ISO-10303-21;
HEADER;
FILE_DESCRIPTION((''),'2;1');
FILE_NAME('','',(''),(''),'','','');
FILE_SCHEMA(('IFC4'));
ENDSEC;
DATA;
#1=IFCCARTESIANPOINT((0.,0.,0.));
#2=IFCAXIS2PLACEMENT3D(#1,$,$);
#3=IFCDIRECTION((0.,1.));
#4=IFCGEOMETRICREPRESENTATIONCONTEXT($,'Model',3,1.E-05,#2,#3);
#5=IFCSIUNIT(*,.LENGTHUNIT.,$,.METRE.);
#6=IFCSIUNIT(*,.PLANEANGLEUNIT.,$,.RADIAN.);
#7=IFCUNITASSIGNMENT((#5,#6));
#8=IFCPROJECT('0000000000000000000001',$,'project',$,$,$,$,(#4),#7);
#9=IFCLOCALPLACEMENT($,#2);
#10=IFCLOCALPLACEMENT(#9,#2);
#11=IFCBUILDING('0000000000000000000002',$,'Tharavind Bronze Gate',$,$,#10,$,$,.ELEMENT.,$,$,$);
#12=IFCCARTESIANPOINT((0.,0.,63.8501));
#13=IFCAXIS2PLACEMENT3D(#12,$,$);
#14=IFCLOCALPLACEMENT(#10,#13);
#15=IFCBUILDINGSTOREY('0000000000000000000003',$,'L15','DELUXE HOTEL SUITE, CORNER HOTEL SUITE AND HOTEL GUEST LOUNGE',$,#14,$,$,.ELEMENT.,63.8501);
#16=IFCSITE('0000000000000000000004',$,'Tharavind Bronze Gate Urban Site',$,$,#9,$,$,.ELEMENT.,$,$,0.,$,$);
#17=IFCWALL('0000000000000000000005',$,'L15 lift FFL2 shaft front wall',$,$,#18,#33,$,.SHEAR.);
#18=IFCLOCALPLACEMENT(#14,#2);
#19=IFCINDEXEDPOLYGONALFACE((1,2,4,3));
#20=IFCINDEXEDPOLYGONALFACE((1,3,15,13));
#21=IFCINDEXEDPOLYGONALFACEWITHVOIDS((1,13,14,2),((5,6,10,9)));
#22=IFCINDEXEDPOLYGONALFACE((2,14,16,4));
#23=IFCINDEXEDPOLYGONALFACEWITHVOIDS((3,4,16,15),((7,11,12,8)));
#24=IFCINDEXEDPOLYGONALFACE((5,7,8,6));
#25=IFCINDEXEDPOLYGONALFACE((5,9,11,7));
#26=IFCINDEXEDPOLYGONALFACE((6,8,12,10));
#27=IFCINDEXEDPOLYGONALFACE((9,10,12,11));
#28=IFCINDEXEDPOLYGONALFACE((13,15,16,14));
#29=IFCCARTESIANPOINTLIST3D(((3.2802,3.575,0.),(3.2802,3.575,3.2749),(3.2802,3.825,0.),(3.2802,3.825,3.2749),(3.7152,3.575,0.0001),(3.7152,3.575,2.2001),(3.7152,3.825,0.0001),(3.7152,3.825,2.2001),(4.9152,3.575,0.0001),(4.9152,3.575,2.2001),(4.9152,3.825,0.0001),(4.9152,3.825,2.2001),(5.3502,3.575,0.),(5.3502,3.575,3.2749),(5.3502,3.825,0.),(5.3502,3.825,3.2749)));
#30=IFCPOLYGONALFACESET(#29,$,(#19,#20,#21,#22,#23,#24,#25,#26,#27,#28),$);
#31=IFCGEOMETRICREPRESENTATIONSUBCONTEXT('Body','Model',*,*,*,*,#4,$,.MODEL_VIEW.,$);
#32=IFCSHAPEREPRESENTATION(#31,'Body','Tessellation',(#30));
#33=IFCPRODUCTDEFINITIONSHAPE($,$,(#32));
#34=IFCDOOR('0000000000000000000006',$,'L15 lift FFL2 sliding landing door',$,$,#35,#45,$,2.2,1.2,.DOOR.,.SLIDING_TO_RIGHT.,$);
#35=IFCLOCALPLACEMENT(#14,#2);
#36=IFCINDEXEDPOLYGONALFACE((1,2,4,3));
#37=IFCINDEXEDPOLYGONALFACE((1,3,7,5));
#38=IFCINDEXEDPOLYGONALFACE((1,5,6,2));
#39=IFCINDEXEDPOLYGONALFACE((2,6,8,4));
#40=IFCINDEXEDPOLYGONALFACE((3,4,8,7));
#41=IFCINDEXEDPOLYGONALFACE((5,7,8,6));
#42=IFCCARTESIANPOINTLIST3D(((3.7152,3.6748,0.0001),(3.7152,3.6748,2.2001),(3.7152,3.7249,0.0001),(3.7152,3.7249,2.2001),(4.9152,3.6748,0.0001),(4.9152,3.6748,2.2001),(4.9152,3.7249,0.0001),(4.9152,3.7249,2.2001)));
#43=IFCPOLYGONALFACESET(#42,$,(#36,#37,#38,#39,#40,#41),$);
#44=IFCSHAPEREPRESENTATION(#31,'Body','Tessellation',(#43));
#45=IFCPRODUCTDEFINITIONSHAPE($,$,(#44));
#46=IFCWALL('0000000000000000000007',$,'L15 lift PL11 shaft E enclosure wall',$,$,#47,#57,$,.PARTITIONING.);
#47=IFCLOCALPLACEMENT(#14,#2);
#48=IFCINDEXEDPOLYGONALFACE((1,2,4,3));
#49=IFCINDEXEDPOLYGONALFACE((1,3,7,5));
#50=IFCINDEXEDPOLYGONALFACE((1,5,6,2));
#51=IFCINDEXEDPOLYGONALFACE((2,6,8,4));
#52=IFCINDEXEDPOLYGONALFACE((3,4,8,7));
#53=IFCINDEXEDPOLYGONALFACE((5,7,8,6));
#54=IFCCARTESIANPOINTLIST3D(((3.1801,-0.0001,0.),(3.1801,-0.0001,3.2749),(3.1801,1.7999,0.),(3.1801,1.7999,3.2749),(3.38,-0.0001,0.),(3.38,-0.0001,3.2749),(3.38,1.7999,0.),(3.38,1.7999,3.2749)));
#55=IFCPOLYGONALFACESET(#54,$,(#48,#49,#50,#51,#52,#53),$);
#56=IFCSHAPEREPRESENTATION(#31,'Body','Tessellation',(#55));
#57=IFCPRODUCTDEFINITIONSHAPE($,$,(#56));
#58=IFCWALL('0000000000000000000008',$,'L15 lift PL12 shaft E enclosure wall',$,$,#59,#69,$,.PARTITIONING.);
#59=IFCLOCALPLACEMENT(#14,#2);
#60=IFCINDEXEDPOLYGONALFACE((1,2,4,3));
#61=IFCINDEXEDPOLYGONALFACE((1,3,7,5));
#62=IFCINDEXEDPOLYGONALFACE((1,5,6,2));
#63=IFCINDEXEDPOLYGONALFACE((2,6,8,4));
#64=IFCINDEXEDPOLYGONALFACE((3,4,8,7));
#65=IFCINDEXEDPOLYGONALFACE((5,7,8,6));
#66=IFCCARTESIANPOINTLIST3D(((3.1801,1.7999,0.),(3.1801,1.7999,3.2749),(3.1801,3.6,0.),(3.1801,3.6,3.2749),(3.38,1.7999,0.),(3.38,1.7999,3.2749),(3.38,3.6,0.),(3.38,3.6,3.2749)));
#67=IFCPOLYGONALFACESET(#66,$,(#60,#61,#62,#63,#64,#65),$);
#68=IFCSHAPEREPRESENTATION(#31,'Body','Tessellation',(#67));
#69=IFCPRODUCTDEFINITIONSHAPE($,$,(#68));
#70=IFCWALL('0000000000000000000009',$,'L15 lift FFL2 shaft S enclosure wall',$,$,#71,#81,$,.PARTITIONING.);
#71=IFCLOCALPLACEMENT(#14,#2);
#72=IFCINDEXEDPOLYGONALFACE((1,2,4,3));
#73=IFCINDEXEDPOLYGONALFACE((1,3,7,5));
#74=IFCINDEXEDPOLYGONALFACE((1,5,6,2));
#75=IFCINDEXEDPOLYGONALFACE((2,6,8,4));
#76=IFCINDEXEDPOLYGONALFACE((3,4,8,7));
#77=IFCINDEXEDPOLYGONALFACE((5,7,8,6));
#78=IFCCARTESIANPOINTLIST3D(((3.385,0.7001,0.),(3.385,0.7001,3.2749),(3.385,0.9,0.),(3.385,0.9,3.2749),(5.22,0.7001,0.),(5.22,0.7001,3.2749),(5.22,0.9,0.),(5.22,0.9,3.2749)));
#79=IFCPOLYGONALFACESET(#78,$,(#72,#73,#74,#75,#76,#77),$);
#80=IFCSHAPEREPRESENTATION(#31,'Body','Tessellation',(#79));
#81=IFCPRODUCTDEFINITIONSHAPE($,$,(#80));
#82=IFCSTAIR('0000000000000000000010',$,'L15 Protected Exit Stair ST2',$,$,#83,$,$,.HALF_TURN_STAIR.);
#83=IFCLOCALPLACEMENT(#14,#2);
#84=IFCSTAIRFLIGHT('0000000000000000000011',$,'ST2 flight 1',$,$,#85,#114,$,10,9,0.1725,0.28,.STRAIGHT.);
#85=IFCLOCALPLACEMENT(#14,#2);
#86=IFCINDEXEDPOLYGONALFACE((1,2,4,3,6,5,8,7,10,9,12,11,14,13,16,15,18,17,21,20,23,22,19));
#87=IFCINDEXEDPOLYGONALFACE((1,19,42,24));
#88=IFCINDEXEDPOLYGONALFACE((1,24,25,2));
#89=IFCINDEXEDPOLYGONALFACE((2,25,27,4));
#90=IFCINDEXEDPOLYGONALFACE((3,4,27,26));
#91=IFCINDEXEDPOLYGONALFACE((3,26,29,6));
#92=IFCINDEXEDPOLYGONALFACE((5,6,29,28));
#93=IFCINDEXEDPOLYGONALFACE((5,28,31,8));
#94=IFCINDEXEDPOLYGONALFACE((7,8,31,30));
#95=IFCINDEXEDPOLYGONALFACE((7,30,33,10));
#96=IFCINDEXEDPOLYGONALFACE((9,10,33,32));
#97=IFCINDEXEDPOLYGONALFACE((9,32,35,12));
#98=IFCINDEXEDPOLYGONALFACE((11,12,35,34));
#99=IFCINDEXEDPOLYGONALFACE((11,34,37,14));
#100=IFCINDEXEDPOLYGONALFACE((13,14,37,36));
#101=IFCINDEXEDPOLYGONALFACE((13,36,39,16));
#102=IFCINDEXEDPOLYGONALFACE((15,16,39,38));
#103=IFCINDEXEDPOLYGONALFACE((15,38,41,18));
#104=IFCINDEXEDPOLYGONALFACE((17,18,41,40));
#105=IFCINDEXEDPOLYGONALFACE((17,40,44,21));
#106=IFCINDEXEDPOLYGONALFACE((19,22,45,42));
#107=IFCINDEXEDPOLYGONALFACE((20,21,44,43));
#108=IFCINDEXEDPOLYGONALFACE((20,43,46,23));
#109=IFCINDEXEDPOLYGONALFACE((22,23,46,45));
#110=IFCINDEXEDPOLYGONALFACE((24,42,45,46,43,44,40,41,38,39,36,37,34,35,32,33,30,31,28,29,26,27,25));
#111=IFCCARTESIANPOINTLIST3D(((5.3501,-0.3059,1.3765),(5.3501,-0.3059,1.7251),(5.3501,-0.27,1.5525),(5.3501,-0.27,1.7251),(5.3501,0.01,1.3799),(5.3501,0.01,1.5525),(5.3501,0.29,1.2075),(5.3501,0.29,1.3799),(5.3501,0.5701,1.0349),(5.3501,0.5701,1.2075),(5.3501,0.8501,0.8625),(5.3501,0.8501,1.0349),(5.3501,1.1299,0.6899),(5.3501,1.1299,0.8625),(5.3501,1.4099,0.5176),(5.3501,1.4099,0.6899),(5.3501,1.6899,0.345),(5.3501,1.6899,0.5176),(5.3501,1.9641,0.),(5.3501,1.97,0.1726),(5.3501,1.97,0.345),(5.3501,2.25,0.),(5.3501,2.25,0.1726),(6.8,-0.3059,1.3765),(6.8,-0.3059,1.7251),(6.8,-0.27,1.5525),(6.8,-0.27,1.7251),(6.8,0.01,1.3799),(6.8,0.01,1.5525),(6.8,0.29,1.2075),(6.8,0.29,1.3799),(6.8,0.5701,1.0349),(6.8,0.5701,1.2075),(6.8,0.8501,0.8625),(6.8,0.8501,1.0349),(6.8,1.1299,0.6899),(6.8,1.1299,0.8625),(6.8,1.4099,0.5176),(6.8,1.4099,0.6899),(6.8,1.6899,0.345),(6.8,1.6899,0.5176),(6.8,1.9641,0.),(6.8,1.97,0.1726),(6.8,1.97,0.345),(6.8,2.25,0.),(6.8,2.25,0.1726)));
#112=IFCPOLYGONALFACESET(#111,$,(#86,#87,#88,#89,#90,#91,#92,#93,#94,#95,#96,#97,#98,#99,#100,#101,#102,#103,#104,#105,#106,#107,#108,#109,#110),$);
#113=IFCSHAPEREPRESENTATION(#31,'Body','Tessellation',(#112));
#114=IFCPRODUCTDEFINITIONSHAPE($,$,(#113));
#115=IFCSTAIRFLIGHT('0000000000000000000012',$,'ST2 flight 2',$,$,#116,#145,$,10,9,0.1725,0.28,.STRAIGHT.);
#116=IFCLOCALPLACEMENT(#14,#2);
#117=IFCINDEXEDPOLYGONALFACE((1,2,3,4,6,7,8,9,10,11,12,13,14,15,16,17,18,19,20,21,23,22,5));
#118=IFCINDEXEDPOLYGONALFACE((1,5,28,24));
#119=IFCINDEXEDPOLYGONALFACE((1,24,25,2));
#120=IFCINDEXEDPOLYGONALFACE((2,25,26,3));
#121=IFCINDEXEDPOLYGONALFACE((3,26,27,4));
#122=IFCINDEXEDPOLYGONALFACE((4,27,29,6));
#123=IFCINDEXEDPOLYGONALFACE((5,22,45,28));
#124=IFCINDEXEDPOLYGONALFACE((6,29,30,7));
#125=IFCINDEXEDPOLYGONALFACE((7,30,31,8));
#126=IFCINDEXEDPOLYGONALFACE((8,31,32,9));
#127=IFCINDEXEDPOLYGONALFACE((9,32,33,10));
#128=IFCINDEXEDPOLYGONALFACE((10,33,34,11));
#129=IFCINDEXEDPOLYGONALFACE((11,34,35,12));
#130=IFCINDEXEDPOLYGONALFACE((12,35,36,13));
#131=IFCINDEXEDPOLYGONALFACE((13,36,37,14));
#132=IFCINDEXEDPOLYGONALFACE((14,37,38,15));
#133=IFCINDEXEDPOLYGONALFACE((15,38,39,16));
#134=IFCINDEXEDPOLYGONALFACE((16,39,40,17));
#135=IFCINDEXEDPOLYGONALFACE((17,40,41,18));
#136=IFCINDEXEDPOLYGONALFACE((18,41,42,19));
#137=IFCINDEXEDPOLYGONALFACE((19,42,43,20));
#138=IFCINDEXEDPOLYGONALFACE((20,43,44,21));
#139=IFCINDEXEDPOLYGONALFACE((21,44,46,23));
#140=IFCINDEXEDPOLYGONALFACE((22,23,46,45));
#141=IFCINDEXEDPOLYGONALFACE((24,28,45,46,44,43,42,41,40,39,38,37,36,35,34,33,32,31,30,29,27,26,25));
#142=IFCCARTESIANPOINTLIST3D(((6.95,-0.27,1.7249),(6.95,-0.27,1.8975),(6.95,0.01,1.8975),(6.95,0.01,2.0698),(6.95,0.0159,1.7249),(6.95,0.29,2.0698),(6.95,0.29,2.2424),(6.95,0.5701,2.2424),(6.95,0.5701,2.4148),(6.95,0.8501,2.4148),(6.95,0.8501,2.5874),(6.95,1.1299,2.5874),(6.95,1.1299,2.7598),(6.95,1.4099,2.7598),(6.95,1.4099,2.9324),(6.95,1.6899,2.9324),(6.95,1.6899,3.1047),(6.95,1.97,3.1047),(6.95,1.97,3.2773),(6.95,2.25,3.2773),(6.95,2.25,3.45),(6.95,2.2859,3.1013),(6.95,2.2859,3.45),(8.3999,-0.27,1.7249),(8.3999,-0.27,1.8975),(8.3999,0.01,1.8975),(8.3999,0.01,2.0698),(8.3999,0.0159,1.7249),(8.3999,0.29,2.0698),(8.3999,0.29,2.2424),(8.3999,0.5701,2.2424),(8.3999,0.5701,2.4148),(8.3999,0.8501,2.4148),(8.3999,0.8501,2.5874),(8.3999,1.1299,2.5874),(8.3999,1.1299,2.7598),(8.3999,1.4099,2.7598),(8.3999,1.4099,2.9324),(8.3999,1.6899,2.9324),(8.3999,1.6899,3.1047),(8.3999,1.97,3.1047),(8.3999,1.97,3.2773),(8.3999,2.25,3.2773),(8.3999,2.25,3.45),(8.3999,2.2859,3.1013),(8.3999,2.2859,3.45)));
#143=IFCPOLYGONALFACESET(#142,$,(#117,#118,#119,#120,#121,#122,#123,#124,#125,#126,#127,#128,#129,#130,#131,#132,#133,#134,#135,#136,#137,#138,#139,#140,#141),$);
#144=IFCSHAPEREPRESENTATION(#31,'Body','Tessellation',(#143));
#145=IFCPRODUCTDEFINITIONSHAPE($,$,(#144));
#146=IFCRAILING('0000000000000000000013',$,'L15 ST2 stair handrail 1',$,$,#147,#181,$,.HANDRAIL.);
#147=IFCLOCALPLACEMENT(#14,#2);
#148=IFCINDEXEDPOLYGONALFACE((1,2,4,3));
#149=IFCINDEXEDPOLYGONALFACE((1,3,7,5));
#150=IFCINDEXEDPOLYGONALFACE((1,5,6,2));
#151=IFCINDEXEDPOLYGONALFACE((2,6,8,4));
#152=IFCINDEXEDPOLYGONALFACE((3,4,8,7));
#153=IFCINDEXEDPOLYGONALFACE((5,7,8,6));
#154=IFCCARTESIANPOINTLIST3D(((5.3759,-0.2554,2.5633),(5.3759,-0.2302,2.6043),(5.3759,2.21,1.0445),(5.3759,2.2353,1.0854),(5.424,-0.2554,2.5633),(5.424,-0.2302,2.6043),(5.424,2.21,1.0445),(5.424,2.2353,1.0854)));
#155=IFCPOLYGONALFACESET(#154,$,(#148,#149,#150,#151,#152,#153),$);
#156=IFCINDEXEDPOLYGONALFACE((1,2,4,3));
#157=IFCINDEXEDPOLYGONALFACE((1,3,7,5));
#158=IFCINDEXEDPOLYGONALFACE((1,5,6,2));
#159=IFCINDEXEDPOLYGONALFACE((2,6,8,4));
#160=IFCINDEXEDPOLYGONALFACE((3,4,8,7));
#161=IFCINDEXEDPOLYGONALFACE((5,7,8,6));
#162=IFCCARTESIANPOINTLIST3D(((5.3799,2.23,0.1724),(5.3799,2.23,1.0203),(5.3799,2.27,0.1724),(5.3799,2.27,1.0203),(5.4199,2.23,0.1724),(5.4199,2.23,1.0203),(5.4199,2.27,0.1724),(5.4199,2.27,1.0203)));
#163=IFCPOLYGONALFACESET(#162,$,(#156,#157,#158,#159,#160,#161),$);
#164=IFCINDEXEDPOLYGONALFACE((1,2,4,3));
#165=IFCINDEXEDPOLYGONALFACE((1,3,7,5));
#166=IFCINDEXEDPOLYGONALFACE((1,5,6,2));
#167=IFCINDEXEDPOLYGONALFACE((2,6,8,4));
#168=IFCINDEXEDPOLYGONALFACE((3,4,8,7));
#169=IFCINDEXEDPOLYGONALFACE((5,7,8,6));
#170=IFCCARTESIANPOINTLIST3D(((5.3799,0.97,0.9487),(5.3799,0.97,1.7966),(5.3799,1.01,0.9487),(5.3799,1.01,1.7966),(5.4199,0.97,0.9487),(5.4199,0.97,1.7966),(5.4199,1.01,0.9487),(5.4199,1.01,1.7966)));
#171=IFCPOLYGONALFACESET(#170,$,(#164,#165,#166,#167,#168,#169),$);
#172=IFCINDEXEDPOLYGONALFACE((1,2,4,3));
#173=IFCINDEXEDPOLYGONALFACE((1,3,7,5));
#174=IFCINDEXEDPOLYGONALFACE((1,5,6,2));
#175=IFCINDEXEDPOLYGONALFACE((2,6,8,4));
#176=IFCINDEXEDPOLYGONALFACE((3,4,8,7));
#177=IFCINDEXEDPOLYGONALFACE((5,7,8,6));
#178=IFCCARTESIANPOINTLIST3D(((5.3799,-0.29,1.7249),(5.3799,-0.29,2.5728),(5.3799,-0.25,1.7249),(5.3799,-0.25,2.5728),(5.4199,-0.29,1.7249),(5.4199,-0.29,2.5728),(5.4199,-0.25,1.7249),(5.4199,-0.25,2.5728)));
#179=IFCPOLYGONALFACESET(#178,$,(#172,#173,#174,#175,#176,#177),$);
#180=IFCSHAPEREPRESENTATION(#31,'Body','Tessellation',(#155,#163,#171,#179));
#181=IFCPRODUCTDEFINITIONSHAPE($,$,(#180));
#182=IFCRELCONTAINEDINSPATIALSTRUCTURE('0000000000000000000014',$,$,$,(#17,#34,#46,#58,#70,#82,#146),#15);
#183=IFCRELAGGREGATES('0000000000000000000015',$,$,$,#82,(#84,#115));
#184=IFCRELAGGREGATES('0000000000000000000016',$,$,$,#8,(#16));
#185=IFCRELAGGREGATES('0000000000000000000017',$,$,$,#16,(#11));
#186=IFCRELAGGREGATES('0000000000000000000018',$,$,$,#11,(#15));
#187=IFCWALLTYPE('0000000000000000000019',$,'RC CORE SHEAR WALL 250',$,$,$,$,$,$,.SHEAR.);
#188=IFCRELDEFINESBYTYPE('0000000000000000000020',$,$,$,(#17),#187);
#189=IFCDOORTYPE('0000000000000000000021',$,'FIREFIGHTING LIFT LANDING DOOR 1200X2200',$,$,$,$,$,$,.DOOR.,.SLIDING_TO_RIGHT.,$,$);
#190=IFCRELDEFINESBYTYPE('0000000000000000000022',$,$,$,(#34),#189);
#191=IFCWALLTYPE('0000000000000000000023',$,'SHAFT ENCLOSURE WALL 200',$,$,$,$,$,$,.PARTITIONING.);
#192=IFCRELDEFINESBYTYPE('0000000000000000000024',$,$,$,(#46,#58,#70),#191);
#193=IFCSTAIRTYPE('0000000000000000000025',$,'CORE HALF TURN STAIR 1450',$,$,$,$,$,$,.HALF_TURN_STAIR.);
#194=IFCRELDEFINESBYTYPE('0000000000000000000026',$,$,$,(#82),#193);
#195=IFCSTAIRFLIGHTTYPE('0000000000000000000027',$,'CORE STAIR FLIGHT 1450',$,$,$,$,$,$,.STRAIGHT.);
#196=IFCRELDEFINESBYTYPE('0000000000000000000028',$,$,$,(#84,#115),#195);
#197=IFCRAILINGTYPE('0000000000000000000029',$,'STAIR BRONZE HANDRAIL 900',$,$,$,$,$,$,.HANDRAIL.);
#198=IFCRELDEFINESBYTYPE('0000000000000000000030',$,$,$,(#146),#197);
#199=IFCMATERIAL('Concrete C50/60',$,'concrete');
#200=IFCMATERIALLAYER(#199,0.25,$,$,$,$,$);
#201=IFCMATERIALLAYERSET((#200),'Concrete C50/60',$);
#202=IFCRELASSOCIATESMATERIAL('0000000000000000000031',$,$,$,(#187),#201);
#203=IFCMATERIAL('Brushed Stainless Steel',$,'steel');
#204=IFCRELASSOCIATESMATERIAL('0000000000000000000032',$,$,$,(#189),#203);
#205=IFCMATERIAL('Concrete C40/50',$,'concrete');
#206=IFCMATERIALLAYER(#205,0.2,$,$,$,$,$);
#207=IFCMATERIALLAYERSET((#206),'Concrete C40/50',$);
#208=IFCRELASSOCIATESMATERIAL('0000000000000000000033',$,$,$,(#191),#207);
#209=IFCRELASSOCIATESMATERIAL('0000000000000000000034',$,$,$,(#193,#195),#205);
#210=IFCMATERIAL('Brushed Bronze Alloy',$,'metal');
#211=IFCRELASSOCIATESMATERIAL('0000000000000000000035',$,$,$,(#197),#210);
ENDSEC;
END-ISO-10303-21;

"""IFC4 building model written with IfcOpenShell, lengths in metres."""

from ifc_helpers import new_model, si_unit, direction, frame, frame_2d, origin, origin_2d, place, context, subcontext, project, spatial, polyline, rectangle, outline, extrude, material, layer, layer_set, type_object, element, fill, aggregate, save


model = new_model("IFC4")

# Units and contexts
model_context = context("Model", 3, precision=1e-05, world=origin(), true_north=direction((0.0, 1.0)))
body_context = subcontext(model_context, "Body", "Model", "MODEL_VIEW")
ifc_project = project(units=[si_unit("LENGTHUNIT", "METRE"), si_unit("PLANEANGLEUNIT", "RADIAN")], contexts=[model_context])

# Site, building, storey
site_placement = place(None, origin())
site = spatial("IfcSite", under=ifc_project, at=site_placement, Name="Tharavind Bronze Gate Urban Site", CompositionType="ELEMENT", RefElevation=0.0)
building_placement = place(site_placement, origin())
building = spatial("IfcBuilding", under=site, at=building_placement, Name="Tharavind Bronze Gate", CompositionType="ELEMENT")
storey_placement = place(building_placement, frame((0.0, 0.0, 63.8501)))
storey = spatial("IfcBuildingStorey", under=building, at=storey_placement, Name="L15", Description="DELUXE HOTEL SUITE, CORNER HOTEL SUITE AND HOTEL GUEST LOUNGE", CompositionType="ELEMENT", Elevation=63.8501)

# Wall, opening, door
ifc_material_1 = material(Name="Concrete C50/60", Category="concrete")
ifc_layer_1 = layer(ifc_material_1, 0.25)
ifc_layer_set_1 = layer_set([ifc_layer_1], Name="Concrete C50/60")
wall_type_1 = type_object("IfcWallType", Name="RC CORE SHEAR WALL 250", PredefinedType="SHEAR", material=ifc_layer_set_1)
wall_1_placement = place(storey_placement, frame((3.28, 3.7, 0.0), z_axis=(0.0, 0.0, 1.0), x_axis=(1.0, 0.0, 0.0)))
wall_1 = element("IfcWall", 1, at=wall_1_placement, inside=storey, type_object=wall_type_1, Name="L15 lift FFL2 shaft front wall", PredefinedType="SHEAR", context=body_context, shape_type="SweptSolid", body=[
    extrude(rectangle(XDim=2.0701, YDim=0.25, at=frame_2d((1.0352, 0.0))), origin(), (0.0, 0.0, 1.0), 3.2749),
])
opening_1_placement = place(wall_1_placement, frame((0.4351, 0.0, 0.0)))
opening_1 = element("IfcOpeningElement", 2, at=opening_1_placement, cuts=wall_1, PredefinedType="OPENING", context=body_context, shape_type="SweptSolid", body=[
    extrude(rectangle(XDim=1.2, YDim=2.2, at=frame_2d((0.6001, 1.1001))), frame((0.0, 0.135, 0.0), z_axis=(0.0, -1.0, 0.0), x_axis=(1.0, 0.0, 0.0)), (0.0, 0.0, 1.0), 0.27),
])
ifc_material_2 = material(Name="Brushed Stainless Steel", Category="steel")
door_type_1 = type_object("IfcDoorType", Name="FIREFIGHTING LIFT LANDING DOOR 1200X2200", OperationType="SLIDING_TO_RIGHT", PredefinedType="DOOR", material=ifc_material_2)
door_1_placement = place(opening_1_placement, origin())
door_1 = element("IfcDoor", 3, at=door_1_placement, inside=storey, type_object=door_type_1, Name="L15 lift FFL2 sliding landing door", OperationType="SLIDING_TO_RIGHT", OverallHeight=2.2, OverallWidth=1.2, PredefinedType="DOOR", context=body_context, shape_type="SweptSolid", body=[
    extrude(rectangle(XDim=1.2, YDim=2.2, at=frame_2d((0.6001, 1.1001))), frame((0.0, 0.0249, 0.0), z_axis=(0.0, -1.0, 0.0), x_axis=(1.0, 0.0, 0.0)), (0.0, 0.0, 1.0), 0.05),
])
fill(opening_1, door_1)

# Walls
ifc_material_3 = material(Name="Concrete C40/50", Category="concrete")
ifc_layer_2 = layer(ifc_material_3, 0.2)
ifc_layer_set_2 = layer_set([ifc_layer_2], Name="Concrete C40/50")
wall_type_2 = type_object("IfcWallType", Name="SHAFT ENCLOSURE WALL 200", PredefinedType="PARTITIONING", material=ifc_layer_set_2)
for number, where, z_axis, x_axis, name in (
    (4, (3.28, 0.0, 0.0), (0.0, 0.0, 1.0), (0.0, 1.0, 0.0), "L15 lift PL11 shaft E enclosure wall"),
    (5, (3.28, 1.8, 0.0), (0.0, 0.0, 1.0), (0.0, 1.0, 0.0), "L15 lift PL12 shaft E enclosure wall"),
):
    element("IfcWall", number, at=place(storey_placement, frame(where, z_axis=z_axis, x_axis=x_axis)), inside=storey, type_object=wall_type_2, Name=name, PredefinedType="PARTITIONING", context=body_context, shape_type="SweptSolid", body=[
        extrude(rectangle(XDim=1.8, YDim=0.2, at=frame_2d((0.8999, 0.0))), origin(), (0.0, 0.0, 1.0), 3.2749),
    ])
wall_2_placement = place(storey_placement, frame((3.385, 0.8, 0.0), z_axis=(0.0, 0.0, 1.0), x_axis=(1.0, 0.0, 0.0)))
element("IfcWall", 6, at=wall_2_placement, inside=storey, type_object=wall_type_2, Name="L15 lift FFL2 shaft S enclosure wall", PredefinedType="PARTITIONING", context=body_context, shape_type="SweptSolid", body=[
    extrude(rectangle(XDim=1.835, YDim=0.2, at=frame_2d((0.9175, 0.0))), origin(), (0.0, 0.0, 1.0), 3.2749),
])

# Stair, stair flights
stair_type = type_object("IfcStairType", Name="CORE HALF TURN STAIR 1450", PredefinedType="HALF_TURN_STAIR", material=ifc_material_3)
stair_placement = place(storey_placement, origin())
stair = element("IfcStair", 7, at=stair_placement, inside=storey, type_object=stair_type, Name="L15 Protected Exit Stair ST2", PredefinedType="HALF_TURN_STAIR")
stair_flight_type = type_object("IfcStairFlightType", Name="CORE STAIR FLIGHT 1450", PredefinedType="STRAIGHT", material=ifc_material_3)
stair_flight_1_placement = place(storey_placement, frame((6.075, 2.25, 0.0), z_axis=(0.0, 0.0, 1.0), x_axis=(0.0, -1.0, 0.0)))
stair_flight_1 = element("IfcStairFlight", 8, at=stair_flight_1_placement, type_object=stair_flight_type, Name="ST2 flight 1", NumberOfRisers=10, NumberOfTreads=9, PredefinedType="STRAIGHT", RiserHeight=0.1725, TreadLength=0.28, context=body_context, shape_type="SweptSolid", body=[
    extrude(outline(polyline([(0.0, 0.0), (0.0, 0.1726), (0.28, 0.1726), (0.28, 0.345), (0.5601, 0.345), (0.5601, 0.5176), (0.8401, 0.5176), (0.8401, 0.6899), (1.1201, 0.6899), (1.1201, 0.8625), (1.3999, 0.8625), (1.3999, 1.0349), (1.6799, 1.0349), (1.6799, 1.2075), (1.96, 1.2075), (1.96, 1.3799), (2.24, 1.3799), (2.24, 1.5525), (2.52, 1.5525), (2.52, 1.7251), (2.5559, 1.7251), (2.5559, 1.3765), (0.2859, 0.0), (0.0, 0.0)])), frame((0.0, 0.7251, 0.0), z_axis=(0.0, -1.0, 0.0), x_axis=(1.0, 0.0, 0.0)), (0.0, 0.0, 1.0), 1.45),
])
stair_flight_2_placement = place(storey_placement, frame((7.675, -0.27, 1.7249), z_axis=(0.0, 0.0, 1.0), x_axis=(0.0, 1.0, 0.0)))
stair_flight_2 = element("IfcStairFlight", 9, at=stair_flight_2_placement, type_object=stair_flight_type, Name="ST2 flight 2", NumberOfRisers=10, NumberOfTreads=9, PredefinedType="STRAIGHT", RiserHeight=0.1725, TreadLength=0.28, context=body_context, shape_type="SweptSolid", body=[
    extrude(outline(polyline([(0.0, 0.0), (0.0, 0.1726), (0.28, 0.1726), (0.28, 0.345), (0.5601, 0.345), (0.5601, 0.5176), (0.8401, 0.5176), (0.8401, 0.6899), (1.1201, 0.6899), (1.1201, 0.8625), (1.3999, 0.8625), (1.3999, 1.0349), (1.6799, 1.0349), (1.6799, 1.2075), (1.96, 1.2075), (1.96, 1.3799), (2.24, 1.3799), (2.24, 1.5525), (2.52, 1.5525), (2.52, 1.7251), (2.5559, 1.7251), (2.5559, 1.3765), (0.2859, 0.0), (0.0, 0.0)])), frame((0.0, 0.7251, 0.0), z_axis=(0.0, -1.0, 0.0), x_axis=(1.0, 0.0, 0.0)), (0.0, 0.0, 1.0), 1.45),
])
aggregate(stair, [stair_flight_1, stair_flight_2])

# Railing
ifc_material_4 = material(Name="Brushed Bronze Alloy", Category="metal")
railing_type_1 = type_object("IfcRailingType", Name="STAIR BRONZE HANDRAIL 900", PredefinedType="HANDRAIL", material=ifc_material_4)
railing_1_placement = place(storey_placement, frame((5.3999, 2.25, 0.1724)))
element("IfcRailing", 10, at=railing_1_placement, inside=storey, type_object=railing_type_1, Name="L15 ST2 stair handrail 1", PredefinedType="HANDRAIL", context=body_context, shape_type="SweptSolid", body=[
    extrude(rectangle(XDim=0.0481, YDim=0.0481, at=origin_2d()), frame((0.0, -0.0273, 0.8926), z_axis=(0.0, -0.8514, 0.524516), x_axis=(1.0, 0.0, 0.0)), (0.0, 0.0, 1.0), 2.8958),
    extrude(rectangle(XDim=0.04, YDim=0.04, at=origin_2d()), origin(), (0.0, 0.0, 1.0), 0.8479),
    extrude(rectangle(XDim=0.04, YDim=0.04, at=origin_2d()), frame((0.0, -1.26, 0.7764)), (0.0, 0.0, 1.0), 0.8479),
    extrude(rectangle(XDim=0.04, YDim=0.04, at=origin_2d()), frame((0.0, -2.52, 1.5525)), (0.0, 0.0, 1.0), 0.8479),
])

save(model, "model.ifc")
